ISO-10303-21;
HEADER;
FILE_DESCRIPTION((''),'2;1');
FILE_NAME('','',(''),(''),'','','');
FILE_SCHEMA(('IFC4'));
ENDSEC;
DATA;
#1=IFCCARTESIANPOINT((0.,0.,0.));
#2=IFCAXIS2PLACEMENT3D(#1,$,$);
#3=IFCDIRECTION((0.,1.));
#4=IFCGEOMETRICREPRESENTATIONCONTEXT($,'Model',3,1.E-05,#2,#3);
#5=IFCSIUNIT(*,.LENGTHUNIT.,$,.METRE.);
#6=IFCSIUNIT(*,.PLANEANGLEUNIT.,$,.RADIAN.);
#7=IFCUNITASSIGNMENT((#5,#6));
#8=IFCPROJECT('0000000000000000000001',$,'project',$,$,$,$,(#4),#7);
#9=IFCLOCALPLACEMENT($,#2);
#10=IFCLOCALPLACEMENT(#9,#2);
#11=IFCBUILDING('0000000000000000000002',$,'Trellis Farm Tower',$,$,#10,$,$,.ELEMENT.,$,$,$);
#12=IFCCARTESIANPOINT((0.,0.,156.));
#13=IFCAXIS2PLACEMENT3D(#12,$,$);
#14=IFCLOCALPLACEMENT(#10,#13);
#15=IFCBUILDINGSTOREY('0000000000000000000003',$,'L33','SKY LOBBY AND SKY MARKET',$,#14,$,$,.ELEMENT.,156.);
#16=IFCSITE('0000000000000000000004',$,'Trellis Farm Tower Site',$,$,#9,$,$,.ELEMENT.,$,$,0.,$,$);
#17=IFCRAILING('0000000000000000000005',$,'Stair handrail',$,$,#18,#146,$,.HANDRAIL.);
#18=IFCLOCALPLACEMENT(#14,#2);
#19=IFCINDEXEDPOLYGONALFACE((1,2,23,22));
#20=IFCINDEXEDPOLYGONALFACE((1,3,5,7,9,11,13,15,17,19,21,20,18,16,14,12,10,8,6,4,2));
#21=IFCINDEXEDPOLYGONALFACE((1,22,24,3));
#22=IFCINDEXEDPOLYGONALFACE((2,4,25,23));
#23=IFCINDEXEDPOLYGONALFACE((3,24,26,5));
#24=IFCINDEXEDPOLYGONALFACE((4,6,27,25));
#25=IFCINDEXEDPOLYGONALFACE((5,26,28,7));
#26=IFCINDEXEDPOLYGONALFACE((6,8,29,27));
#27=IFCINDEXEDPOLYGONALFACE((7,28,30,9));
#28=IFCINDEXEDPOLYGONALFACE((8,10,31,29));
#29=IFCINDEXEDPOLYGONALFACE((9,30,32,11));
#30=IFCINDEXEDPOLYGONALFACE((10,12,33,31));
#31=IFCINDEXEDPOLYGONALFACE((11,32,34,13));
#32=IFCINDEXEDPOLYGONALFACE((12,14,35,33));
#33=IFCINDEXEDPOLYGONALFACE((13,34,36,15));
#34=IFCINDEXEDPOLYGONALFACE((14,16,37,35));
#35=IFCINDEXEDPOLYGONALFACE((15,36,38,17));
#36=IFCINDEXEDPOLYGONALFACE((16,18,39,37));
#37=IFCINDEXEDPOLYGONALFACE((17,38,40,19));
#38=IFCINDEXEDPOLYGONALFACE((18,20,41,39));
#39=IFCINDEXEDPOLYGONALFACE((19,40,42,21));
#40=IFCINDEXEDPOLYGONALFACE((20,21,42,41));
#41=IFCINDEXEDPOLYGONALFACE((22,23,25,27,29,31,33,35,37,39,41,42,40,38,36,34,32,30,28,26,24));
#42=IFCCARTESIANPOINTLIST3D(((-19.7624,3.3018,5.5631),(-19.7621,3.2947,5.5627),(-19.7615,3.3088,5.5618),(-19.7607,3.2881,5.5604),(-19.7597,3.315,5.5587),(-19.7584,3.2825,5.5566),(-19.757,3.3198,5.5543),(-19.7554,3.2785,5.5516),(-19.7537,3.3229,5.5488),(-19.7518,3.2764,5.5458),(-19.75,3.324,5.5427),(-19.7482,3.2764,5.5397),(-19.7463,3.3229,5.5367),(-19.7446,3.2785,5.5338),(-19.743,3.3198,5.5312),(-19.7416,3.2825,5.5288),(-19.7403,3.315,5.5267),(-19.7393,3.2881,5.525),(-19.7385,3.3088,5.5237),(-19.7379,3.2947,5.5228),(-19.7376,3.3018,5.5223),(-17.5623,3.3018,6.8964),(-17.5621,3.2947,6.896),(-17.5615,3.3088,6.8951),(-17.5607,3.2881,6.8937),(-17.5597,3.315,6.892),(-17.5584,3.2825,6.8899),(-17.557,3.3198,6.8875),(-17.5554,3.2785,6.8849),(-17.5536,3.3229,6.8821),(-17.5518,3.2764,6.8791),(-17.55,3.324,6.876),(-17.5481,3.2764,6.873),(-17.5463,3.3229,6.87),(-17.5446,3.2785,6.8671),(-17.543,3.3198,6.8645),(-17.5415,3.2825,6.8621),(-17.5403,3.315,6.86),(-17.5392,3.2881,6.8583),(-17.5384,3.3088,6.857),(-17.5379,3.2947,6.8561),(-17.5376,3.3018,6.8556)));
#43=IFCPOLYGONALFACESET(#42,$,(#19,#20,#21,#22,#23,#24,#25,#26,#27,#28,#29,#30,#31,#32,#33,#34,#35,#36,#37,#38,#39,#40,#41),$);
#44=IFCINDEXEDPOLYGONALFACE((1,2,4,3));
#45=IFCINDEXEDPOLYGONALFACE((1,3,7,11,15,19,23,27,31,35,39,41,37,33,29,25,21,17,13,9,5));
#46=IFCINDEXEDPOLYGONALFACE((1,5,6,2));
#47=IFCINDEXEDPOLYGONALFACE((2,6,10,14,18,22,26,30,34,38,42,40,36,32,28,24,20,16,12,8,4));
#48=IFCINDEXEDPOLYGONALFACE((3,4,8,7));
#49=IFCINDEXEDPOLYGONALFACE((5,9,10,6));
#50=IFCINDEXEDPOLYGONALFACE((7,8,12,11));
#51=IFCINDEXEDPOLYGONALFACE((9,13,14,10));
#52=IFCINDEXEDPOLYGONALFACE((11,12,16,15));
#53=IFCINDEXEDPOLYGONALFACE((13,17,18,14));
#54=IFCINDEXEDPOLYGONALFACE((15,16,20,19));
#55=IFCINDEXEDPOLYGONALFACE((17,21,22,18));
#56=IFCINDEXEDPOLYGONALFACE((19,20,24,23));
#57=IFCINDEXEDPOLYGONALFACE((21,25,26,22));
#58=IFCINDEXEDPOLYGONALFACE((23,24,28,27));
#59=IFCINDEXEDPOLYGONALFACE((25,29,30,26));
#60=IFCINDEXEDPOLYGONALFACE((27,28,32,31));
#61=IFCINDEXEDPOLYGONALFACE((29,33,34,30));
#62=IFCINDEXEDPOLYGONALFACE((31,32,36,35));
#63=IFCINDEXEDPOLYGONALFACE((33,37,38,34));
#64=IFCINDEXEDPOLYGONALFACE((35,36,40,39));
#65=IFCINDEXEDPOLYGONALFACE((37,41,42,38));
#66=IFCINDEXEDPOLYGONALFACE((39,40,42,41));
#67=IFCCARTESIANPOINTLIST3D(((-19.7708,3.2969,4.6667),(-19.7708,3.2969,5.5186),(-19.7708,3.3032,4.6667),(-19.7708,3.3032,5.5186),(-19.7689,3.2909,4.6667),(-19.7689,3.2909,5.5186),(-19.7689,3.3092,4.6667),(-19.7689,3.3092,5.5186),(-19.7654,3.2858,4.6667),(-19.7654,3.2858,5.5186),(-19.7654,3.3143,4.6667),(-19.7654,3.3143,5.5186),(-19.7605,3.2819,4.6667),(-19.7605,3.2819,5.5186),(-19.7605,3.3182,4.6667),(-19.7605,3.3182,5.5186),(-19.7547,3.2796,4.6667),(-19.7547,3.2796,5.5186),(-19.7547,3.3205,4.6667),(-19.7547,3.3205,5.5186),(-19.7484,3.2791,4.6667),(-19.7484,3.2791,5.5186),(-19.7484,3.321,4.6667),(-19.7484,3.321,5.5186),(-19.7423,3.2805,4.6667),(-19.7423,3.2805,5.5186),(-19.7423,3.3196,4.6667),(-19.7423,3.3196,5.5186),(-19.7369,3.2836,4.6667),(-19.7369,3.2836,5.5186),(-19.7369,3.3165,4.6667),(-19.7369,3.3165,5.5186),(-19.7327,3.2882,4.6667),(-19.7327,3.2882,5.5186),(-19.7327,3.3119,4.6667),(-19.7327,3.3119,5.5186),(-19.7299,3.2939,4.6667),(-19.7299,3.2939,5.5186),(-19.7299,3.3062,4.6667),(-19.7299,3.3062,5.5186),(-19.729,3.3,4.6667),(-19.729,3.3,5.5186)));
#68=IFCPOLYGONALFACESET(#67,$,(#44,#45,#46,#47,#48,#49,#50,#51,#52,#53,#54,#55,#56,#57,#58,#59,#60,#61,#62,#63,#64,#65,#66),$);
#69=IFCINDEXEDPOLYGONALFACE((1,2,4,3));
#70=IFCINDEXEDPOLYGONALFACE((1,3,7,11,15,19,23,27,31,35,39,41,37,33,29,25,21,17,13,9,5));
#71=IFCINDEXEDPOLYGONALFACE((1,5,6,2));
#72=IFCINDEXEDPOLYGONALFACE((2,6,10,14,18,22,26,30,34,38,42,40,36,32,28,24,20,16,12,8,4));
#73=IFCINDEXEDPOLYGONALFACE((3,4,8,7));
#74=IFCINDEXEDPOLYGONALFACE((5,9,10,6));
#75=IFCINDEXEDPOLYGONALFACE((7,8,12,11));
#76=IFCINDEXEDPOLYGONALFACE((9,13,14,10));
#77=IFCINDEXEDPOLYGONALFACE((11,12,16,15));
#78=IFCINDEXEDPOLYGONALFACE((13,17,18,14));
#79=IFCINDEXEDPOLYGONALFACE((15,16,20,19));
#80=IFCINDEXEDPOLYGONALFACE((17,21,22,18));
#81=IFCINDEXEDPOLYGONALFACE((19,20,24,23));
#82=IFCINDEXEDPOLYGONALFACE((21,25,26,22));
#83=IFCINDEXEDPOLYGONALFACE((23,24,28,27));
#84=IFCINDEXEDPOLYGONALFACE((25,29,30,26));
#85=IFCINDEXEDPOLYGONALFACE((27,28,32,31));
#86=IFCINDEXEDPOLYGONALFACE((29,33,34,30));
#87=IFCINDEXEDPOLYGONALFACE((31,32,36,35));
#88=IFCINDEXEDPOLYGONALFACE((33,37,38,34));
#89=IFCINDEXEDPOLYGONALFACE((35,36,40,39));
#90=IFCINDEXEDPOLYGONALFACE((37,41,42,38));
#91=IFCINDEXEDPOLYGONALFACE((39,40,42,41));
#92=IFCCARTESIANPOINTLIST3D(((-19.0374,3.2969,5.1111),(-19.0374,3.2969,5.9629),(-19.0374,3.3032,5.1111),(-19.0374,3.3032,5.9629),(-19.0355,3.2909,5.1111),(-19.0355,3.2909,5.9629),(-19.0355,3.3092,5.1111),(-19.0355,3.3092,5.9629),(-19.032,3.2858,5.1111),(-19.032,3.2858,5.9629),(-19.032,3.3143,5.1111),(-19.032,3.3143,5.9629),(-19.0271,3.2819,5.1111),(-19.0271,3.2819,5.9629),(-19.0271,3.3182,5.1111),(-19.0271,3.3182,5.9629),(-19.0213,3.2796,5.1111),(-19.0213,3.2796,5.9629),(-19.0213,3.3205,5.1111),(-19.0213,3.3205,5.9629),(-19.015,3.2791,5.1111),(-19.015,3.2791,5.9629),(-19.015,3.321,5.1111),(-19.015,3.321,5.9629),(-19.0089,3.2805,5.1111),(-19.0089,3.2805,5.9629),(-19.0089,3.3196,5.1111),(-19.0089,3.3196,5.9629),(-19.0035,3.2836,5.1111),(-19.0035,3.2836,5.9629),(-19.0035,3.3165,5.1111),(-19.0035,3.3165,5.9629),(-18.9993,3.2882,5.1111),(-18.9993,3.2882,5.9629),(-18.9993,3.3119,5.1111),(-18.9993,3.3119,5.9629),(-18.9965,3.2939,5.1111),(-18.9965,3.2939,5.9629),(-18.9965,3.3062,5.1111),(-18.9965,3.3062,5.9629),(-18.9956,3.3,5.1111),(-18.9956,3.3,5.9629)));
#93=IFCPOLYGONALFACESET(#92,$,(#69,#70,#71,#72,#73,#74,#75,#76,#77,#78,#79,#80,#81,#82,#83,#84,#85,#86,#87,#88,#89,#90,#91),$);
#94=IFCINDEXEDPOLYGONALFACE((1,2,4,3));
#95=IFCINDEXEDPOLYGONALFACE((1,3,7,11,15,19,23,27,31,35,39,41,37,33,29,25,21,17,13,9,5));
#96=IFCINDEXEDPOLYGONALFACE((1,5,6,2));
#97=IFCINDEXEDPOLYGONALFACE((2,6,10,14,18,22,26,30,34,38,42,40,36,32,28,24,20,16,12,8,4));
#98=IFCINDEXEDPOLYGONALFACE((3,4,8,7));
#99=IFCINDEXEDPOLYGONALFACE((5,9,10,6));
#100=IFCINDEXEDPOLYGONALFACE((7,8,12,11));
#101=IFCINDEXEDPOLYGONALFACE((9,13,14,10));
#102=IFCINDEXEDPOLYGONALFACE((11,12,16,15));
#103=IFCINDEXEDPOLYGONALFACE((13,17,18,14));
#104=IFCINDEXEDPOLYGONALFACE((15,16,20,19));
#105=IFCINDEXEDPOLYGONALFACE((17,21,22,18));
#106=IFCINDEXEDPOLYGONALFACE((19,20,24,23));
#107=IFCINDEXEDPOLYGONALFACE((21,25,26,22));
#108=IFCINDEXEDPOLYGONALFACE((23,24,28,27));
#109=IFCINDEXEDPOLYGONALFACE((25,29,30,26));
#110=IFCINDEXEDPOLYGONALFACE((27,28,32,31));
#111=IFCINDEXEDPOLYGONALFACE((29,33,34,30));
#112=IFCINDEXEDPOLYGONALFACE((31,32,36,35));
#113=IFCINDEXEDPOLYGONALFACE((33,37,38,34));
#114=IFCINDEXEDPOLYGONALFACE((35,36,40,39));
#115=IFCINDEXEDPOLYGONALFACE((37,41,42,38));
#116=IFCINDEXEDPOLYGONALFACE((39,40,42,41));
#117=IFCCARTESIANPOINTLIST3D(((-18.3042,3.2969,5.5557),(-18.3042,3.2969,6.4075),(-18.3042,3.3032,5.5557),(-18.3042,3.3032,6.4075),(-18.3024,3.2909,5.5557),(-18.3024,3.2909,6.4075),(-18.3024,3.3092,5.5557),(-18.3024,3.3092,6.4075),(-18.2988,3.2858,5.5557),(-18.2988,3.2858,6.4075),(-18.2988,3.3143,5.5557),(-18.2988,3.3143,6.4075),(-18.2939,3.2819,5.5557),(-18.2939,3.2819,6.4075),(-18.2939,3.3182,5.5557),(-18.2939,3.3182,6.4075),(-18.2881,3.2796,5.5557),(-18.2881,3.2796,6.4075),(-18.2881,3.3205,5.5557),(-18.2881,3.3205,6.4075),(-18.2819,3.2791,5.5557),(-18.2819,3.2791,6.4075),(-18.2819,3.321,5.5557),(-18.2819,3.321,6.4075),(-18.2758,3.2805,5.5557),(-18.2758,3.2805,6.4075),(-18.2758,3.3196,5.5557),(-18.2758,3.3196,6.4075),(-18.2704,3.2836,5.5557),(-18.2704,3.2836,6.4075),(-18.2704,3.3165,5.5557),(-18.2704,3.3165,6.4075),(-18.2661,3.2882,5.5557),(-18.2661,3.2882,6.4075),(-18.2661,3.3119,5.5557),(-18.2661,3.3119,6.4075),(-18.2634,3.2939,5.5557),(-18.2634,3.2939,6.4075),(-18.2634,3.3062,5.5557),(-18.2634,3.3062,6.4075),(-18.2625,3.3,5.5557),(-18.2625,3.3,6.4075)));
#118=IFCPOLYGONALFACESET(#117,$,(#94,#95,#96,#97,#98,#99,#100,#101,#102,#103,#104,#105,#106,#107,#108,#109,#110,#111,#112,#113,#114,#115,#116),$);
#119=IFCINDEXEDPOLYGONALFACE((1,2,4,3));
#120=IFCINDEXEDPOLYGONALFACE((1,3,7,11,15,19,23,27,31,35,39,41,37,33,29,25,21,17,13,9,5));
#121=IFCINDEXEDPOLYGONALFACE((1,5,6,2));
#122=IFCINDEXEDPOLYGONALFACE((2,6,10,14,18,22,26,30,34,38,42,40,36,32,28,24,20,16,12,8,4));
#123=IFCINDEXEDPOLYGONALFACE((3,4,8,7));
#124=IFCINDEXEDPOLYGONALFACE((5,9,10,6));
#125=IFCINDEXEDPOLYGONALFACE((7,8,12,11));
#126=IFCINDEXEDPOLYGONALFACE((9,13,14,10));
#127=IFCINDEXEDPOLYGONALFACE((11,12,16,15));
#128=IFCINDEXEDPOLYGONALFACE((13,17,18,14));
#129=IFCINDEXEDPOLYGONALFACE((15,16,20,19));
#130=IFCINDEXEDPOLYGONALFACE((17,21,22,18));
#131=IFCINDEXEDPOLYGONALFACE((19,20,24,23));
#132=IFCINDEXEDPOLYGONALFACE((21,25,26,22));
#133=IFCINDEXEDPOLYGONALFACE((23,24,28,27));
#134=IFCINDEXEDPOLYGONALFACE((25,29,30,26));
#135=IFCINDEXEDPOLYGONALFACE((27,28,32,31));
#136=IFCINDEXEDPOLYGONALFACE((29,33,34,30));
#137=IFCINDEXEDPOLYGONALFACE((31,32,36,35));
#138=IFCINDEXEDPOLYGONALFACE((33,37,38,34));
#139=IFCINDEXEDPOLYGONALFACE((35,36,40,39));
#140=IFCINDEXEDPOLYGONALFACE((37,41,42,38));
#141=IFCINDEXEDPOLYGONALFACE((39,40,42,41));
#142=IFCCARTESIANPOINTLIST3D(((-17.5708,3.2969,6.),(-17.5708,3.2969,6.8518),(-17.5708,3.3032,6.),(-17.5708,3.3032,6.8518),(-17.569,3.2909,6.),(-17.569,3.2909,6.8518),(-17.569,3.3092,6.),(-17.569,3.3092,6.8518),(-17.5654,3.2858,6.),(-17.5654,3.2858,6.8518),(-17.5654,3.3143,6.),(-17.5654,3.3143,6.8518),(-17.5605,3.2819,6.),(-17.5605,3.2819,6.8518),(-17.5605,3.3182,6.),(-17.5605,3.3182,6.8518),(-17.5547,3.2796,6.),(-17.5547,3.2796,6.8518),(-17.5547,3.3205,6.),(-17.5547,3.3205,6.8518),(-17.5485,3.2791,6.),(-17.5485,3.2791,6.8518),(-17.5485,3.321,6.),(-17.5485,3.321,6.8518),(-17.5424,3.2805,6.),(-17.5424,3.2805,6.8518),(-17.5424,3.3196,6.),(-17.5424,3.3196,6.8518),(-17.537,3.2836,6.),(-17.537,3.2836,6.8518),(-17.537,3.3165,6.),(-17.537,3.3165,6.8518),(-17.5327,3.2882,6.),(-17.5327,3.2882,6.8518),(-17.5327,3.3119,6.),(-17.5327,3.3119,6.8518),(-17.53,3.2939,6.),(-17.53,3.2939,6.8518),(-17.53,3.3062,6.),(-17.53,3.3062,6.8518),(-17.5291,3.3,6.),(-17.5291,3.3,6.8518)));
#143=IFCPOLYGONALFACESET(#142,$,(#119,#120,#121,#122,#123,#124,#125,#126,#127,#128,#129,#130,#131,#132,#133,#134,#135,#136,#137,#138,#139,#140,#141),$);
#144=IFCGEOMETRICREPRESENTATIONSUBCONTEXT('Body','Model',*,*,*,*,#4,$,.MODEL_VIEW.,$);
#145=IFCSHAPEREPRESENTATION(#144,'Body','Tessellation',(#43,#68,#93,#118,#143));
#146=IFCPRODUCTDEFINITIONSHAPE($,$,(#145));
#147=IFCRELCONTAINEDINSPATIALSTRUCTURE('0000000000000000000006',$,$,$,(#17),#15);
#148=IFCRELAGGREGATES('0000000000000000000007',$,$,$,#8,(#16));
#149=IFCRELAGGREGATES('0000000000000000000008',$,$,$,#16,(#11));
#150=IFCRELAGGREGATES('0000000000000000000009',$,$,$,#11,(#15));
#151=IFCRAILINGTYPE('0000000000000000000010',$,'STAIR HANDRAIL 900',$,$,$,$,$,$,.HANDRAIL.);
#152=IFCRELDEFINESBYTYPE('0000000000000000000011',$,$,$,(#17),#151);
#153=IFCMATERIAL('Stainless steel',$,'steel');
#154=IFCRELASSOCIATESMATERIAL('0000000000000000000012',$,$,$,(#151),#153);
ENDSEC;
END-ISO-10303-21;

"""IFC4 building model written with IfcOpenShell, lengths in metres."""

from ifc_helpers import new_model, si_unit, direction, frame, origin, origin_2d, place, context, subcontext, project, spatial, circle, extrude, source, transform, mapped, material, type_object, element, save


model = new_model("IFC4")

# Units and contexts
model_context = context("Model", 3, precision=1e-05, world=origin(), true_north=direction((0.0, 1.0)))
body_context = subcontext(model_context, "Body", "Model", "MODEL_VIEW")
ifc_project = project(units=[si_unit("LENGTHUNIT", "METRE"), si_unit("PLANEANGLEUNIT", "RADIAN")], contexts=[model_context])

# Site, building, storey
site_placement = place(None, origin())
site = spatial("IfcSite", under=ifc_project, at=site_placement, Name="Trellis Farm Tower Site", CompositionType="ELEMENT", RefElevation=0.0)
building_placement = place(site_placement, origin())
building = spatial("IfcBuilding", under=site, at=building_placement, Name="Trellis Farm Tower", CompositionType="ELEMENT")
storey_placement = place(building_placement, frame((0.0, 0.0, 156.0)))
storey = spatial("IfcBuildingStorey", under=building, at=storey_placement, Name="L33", Description="SKY LOBBY AND SKY MARKET", CompositionType="ELEMENT", Elevation=156.0)

# Railing
ifc_material_1 = material(Name="Stainless steel", Category="steel")
railing_type = type_object("IfcRailingType", Name="STAIR HANDRAIL 900", PredefinedType="HANDRAIL", material=ifc_material_1)
shared_shape_1 = source(origin(), body_context, "Body", "SweptSolid", [
    extrude(circle(Radius=0.0239, at=origin_2d()), frame((0.0, 0.0, 0.876), z_axis=(0.855207, 0.0, 0.518287), x_axis=(0.0, 1.0, 0.0)), (0.0, 0.0, 1.0), 2.5725),
    extrude(circle(Radius=0.021, at=origin_2d()), origin(), (0.0, 0.0, 1.0), 0.8518),
    extrude(circle(Radius=0.021, at=origin_2d()), frame((0.7334, 0.0, 0.4443)), (0.0, 0.0, 1.0), 0.8518),
    extrude(circle(Radius=0.021, at=origin_2d()), frame((1.4666, 0.0, 0.8889)), (0.0, 0.0, 1.0), 0.8518),
    extrude(circle(Radius=0.021, at=origin_2d()), frame((2.2, 0.0, 1.3333)), (0.0, 0.0, 1.0), 0.8518),
])
for number, where, name in (
    (1, (-19.75, 3.3, 4.6667), "Stair handrail"),
):
    element("IfcRailing", number, at=place(storey_placement, frame(where)), inside=storey, type_object=railing_type, Name=name, PredefinedType="HANDRAIL", context=body_context, shape_type="MappedRepresentation", body=[
        mapped(shared_shape_1, transform((0.0, 0.0, 0.0))),
    ])

save(model, "model.ifc")
